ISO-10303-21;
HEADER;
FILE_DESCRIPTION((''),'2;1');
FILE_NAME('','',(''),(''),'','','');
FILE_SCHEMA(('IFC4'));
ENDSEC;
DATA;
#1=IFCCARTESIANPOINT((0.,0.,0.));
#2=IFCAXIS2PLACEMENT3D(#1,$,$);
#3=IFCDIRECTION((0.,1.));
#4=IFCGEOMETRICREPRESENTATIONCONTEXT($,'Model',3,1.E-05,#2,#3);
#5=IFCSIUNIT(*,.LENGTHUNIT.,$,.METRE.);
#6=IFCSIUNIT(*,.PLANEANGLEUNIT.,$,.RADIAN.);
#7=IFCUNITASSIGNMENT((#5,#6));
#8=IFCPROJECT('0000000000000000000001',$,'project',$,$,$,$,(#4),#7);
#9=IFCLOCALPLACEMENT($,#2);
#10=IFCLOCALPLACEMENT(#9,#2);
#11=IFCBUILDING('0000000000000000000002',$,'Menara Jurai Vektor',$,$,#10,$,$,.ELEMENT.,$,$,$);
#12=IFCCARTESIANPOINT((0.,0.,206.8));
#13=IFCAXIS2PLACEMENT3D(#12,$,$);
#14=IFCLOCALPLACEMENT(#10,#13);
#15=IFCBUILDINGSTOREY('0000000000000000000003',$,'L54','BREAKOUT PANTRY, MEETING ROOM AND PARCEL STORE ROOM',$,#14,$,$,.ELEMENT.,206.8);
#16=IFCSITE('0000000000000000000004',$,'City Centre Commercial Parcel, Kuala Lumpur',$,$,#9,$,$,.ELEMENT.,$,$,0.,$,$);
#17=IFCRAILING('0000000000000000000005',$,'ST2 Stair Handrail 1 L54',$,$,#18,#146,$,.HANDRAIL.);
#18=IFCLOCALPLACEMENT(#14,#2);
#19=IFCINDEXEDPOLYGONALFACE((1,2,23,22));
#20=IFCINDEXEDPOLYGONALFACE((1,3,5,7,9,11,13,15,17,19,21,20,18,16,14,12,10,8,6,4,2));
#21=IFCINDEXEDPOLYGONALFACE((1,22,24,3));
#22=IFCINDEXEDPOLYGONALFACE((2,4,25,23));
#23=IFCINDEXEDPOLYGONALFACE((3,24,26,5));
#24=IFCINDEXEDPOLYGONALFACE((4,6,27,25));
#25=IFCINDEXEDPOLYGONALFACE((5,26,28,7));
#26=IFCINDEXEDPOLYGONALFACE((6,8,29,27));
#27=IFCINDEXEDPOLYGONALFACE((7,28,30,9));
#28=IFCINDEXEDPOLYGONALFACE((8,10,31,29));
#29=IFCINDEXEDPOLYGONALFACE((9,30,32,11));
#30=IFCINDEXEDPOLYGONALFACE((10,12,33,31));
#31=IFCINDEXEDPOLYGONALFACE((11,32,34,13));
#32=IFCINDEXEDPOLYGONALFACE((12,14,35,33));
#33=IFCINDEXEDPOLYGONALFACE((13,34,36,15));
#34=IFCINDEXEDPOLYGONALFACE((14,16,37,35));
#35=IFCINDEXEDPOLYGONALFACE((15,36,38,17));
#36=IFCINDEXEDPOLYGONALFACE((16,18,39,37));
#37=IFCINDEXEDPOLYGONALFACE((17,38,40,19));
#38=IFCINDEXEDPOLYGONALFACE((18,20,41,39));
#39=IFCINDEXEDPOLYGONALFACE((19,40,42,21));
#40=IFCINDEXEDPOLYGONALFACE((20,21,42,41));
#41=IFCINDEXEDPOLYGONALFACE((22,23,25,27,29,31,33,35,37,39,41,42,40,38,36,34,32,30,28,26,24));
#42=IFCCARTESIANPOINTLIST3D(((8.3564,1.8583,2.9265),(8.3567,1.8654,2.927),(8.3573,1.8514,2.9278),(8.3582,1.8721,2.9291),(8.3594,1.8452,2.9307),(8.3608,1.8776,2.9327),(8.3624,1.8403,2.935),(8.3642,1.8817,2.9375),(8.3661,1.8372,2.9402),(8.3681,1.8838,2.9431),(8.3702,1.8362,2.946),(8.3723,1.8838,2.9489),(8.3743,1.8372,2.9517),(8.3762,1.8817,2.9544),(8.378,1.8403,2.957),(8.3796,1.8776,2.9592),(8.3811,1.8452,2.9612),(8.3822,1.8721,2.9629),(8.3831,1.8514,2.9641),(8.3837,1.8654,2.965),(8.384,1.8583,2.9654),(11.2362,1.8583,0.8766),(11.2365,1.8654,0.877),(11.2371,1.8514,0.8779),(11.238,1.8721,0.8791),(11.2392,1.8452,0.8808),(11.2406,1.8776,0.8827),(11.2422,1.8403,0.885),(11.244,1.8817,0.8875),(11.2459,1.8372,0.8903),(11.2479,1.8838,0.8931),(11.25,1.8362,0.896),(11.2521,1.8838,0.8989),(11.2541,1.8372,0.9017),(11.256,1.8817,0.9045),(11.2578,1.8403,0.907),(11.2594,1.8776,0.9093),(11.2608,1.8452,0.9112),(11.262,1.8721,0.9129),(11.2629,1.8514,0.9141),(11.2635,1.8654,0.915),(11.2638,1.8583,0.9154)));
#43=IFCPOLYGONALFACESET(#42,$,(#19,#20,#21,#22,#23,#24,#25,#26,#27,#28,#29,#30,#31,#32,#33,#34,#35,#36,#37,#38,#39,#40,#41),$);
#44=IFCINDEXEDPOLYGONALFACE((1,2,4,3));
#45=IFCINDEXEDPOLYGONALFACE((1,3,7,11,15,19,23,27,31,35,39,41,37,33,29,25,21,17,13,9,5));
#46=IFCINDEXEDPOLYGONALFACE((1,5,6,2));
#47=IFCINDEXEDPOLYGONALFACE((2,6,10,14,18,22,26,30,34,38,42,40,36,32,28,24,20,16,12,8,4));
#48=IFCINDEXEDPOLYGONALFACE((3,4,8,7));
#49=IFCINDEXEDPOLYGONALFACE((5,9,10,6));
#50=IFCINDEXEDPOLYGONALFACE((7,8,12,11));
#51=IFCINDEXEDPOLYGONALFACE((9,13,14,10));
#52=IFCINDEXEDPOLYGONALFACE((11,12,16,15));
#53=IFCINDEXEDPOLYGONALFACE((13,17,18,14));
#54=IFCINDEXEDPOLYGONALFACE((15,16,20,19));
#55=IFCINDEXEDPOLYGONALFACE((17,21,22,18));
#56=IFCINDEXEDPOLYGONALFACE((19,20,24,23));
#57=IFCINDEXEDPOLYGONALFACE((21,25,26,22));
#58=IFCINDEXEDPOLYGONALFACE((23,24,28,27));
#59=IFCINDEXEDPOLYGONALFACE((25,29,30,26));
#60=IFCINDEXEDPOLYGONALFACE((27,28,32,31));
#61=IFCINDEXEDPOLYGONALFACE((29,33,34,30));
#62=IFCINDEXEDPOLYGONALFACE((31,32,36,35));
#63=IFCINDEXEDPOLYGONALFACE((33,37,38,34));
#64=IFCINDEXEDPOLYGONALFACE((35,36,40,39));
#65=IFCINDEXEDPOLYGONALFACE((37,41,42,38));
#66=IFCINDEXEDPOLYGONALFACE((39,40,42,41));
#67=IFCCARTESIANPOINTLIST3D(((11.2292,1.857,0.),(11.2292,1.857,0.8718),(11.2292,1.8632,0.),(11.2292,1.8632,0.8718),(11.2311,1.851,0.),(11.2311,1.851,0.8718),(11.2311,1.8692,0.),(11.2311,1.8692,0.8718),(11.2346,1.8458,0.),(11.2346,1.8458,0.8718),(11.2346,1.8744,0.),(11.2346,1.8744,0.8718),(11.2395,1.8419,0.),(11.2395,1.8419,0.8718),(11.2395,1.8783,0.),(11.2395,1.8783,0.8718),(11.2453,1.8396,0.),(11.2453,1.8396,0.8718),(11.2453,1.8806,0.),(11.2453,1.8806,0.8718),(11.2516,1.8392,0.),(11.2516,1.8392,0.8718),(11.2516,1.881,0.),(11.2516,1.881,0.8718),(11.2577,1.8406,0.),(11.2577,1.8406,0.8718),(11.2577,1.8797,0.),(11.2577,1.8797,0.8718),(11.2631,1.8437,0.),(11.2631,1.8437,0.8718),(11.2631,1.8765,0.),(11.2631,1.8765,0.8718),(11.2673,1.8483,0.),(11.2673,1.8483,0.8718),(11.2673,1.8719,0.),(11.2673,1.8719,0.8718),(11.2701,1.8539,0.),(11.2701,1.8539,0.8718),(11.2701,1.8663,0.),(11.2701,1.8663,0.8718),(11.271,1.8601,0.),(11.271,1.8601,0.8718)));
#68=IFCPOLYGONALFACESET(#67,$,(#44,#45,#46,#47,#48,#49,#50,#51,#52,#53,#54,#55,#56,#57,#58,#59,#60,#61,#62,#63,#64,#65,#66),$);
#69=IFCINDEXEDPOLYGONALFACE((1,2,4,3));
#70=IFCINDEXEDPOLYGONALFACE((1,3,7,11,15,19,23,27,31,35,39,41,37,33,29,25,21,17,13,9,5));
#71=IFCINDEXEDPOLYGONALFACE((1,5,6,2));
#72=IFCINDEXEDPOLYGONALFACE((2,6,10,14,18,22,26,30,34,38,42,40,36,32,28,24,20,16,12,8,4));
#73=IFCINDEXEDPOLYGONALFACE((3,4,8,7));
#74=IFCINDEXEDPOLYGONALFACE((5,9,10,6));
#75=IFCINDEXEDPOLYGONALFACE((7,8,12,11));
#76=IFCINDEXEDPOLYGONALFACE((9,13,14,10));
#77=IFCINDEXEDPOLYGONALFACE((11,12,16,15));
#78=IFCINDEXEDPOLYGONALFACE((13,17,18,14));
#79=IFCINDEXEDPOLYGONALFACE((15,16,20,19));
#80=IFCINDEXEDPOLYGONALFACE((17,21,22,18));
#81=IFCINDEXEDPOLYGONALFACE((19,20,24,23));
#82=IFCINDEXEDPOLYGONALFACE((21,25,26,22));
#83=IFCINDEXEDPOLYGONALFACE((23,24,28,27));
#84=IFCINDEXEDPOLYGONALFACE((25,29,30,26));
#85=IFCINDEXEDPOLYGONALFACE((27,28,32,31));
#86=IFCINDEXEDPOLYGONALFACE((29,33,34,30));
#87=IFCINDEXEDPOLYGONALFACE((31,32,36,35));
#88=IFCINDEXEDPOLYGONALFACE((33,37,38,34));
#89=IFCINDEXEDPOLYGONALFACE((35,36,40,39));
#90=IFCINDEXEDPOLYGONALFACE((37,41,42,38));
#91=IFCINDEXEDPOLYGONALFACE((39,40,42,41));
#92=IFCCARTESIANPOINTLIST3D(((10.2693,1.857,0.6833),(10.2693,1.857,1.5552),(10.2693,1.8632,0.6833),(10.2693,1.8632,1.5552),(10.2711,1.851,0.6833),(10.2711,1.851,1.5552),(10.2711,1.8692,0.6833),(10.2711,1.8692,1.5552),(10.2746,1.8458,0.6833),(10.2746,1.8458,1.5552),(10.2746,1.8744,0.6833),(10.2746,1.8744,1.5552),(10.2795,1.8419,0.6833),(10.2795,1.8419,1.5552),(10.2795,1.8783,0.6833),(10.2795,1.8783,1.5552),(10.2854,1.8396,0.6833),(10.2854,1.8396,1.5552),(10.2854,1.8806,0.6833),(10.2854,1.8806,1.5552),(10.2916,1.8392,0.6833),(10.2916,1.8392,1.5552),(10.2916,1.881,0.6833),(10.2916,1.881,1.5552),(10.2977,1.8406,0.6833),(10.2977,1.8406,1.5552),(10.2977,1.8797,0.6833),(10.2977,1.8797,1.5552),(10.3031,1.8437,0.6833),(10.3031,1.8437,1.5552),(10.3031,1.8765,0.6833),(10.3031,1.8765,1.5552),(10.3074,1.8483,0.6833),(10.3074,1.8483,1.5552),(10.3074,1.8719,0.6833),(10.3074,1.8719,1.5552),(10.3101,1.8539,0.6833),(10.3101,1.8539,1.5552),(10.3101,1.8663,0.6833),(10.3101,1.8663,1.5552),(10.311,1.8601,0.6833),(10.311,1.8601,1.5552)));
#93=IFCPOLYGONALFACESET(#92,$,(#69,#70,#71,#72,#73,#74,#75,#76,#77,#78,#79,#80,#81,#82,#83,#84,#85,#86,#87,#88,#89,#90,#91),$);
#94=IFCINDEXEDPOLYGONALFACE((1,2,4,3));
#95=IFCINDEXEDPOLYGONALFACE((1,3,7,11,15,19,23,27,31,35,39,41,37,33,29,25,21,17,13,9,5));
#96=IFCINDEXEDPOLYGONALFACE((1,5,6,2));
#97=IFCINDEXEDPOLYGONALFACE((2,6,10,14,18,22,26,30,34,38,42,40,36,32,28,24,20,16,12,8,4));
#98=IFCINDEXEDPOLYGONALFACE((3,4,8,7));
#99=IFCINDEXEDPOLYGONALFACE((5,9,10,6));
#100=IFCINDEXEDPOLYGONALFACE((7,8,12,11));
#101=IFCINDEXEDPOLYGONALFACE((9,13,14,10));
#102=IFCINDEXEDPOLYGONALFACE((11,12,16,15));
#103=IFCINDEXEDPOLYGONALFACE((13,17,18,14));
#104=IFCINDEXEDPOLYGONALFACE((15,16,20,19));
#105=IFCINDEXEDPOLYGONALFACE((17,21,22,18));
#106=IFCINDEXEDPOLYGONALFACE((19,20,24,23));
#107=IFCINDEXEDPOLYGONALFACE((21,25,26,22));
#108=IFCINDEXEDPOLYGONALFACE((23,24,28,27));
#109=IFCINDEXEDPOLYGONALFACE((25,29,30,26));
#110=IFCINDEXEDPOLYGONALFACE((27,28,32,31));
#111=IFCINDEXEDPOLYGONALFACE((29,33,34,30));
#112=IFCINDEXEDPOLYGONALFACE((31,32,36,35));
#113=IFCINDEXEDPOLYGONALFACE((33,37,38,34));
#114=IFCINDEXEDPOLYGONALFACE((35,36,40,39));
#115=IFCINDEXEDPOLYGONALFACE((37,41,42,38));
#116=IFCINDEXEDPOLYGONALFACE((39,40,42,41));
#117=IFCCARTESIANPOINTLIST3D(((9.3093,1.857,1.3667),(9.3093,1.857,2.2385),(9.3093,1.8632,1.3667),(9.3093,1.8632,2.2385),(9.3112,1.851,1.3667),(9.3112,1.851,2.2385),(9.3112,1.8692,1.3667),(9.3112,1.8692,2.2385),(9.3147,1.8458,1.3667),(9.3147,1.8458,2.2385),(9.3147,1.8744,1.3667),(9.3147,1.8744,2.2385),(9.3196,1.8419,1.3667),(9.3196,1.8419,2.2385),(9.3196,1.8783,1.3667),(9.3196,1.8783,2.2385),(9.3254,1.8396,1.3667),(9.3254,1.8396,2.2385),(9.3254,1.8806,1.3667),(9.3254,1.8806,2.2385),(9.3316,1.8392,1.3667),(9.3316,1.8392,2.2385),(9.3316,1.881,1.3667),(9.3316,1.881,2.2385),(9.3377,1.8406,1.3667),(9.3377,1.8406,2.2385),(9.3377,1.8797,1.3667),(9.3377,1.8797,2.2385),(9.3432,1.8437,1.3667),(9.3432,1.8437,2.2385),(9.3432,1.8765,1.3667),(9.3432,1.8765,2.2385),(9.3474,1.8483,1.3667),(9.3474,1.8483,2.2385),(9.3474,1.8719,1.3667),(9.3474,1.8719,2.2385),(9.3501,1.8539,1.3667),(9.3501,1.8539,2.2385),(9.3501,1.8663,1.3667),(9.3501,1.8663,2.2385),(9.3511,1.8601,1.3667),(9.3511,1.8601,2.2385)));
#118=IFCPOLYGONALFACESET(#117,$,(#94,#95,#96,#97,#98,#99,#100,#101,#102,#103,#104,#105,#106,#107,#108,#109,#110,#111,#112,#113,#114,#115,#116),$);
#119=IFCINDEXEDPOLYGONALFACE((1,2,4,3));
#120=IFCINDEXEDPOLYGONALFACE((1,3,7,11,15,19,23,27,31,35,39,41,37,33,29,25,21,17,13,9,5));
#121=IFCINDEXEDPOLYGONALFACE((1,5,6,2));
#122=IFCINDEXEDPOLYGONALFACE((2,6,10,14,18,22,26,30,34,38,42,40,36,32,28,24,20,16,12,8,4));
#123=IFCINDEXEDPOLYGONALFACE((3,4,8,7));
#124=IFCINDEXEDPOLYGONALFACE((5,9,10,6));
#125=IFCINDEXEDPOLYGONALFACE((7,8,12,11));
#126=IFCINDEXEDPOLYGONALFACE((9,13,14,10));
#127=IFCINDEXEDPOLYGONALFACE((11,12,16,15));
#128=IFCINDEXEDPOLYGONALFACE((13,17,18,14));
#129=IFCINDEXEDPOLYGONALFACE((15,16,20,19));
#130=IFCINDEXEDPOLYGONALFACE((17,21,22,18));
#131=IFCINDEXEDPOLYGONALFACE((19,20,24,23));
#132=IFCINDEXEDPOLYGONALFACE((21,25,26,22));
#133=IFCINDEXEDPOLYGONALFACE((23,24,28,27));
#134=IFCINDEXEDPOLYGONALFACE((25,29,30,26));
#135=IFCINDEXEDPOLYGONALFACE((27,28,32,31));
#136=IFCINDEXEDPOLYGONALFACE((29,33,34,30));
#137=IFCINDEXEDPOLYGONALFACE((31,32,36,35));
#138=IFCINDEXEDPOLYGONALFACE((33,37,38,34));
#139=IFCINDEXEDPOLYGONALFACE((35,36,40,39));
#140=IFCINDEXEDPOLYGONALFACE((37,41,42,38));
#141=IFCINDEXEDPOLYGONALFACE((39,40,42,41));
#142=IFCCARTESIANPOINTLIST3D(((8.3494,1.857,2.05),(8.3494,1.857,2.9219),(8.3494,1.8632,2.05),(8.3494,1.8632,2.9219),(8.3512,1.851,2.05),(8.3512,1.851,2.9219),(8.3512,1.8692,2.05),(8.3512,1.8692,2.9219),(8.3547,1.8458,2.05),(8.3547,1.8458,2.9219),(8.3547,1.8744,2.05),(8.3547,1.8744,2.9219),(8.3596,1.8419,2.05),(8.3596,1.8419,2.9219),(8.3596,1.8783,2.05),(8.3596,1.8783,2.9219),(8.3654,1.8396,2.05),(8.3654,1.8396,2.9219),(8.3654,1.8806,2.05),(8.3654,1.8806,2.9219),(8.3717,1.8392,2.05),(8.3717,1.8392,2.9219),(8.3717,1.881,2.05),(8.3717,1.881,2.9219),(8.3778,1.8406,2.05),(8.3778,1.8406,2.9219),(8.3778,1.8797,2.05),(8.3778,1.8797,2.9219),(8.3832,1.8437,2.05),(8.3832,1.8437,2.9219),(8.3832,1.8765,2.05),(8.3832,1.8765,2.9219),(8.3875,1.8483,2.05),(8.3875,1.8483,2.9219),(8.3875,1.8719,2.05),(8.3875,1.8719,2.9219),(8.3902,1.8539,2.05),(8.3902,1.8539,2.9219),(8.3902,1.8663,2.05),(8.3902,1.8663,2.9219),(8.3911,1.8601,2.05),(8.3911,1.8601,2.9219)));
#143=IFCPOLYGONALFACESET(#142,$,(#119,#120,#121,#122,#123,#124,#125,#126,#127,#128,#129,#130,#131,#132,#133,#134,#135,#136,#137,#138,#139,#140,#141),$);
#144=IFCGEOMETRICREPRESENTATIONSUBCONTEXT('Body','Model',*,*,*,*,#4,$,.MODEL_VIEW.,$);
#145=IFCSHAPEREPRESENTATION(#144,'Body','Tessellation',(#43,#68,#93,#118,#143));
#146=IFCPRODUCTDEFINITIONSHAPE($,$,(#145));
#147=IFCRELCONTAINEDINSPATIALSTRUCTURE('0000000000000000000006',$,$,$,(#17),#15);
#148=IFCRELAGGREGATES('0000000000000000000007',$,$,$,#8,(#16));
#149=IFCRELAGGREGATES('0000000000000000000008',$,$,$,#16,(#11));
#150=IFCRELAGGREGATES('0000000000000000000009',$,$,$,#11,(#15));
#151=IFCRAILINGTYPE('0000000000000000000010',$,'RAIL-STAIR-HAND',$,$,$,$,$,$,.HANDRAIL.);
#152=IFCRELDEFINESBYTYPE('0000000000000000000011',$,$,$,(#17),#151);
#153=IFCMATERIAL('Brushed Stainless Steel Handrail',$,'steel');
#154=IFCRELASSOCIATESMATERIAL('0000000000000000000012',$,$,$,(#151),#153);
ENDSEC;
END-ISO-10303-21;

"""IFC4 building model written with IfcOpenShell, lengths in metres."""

from ifc_helpers import new_model, si_unit, direction, frame, origin, origin_2d, place, context, subcontext, project, spatial, circle, extrude, material, type_object, element, save


model = new_model("IFC4")

# Units and contexts
model_context = context("Model", 3, precision=1e-05, world=origin(), true_north=direction((0.0, 1.0)))
body_context = subcontext(model_context, "Body", "Model", "MODEL_VIEW")
ifc_project = project(units=[si_unit("LENGTHUNIT", "METRE"), si_unit("PLANEANGLEUNIT", "RADIAN")], contexts=[model_context])

# Site, building, storey
site_placement = place(None, origin())
site = spatial("IfcSite", under=ifc_project, at=site_placement, Name="City Centre Commercial Parcel, Kuala Lumpur", CompositionType="ELEMENT", RefElevation=0.0)
building_placement = place(site_placement, origin())
building = spatial("IfcBuilding", under=site, at=building_placement, Name="Menara Jurai Vektor", CompositionType="ELEMENT")
storey_placement = place(building_placement, frame((0.0, 0.0, 206.8)))
storey = spatial("IfcBuildingStorey", under=building, at=storey_placement, Name="L54", Description="BREAKOUT PANTRY, MEETING ROOM AND PARCEL STORE ROOM", CompositionType="ELEMENT", Elevation=206.8)

# Railing
ifc_material_1 = material(Name="Brushed Stainless Steel Handrail", Category="steel")
railing_type_1 = type_object("IfcRailingType", Name="RAIL-STAIR-HAND", PredefinedType="HANDRAIL", material=ifc_material_1)
railing_1_placement = place(storey_placement, frame((11.25, 1.8601, 0.0)))
element("IfcRailing", 1, at=railing_1_placement, inside=storey, type_object=railing_type_1, Name="ST2 Stair Handrail 1 L54", PredefinedType="HANDRAIL", context=body_context, shape_type="SweptSolid", body=[
    extrude(circle(Radius=0.0239, at=origin_2d()), frame((0.0, 0.0, 0.896), z_axis=(-0.81467, 0.0, 0.579924), x_axis=(0.0, -1.0, 0.0)), (0.0, 0.0, 1.0), 3.5349),
    extrude(circle(Radius=0.021, at=origin_2d()), origin(), (0.0, 0.0, 1.0), 0.8718),
    extrude(circle(Radius=0.021, at=origin_2d()), frame((-0.96, 0.0, 0.6833)), (0.0, 0.0, 1.0), 0.8718),
    extrude(circle(Radius=0.021, at=origin_2d()), frame((-1.9199, 0.0, 1.3667)), (0.0, 0.0, 1.0), 0.8718),
    extrude(circle(Radius=0.021, at=origin_2d()), frame((-2.8799, 0.0, 2.05)), (0.0, 0.0, 1.0), 0.8718),
])

save(model, "model.ifc")
